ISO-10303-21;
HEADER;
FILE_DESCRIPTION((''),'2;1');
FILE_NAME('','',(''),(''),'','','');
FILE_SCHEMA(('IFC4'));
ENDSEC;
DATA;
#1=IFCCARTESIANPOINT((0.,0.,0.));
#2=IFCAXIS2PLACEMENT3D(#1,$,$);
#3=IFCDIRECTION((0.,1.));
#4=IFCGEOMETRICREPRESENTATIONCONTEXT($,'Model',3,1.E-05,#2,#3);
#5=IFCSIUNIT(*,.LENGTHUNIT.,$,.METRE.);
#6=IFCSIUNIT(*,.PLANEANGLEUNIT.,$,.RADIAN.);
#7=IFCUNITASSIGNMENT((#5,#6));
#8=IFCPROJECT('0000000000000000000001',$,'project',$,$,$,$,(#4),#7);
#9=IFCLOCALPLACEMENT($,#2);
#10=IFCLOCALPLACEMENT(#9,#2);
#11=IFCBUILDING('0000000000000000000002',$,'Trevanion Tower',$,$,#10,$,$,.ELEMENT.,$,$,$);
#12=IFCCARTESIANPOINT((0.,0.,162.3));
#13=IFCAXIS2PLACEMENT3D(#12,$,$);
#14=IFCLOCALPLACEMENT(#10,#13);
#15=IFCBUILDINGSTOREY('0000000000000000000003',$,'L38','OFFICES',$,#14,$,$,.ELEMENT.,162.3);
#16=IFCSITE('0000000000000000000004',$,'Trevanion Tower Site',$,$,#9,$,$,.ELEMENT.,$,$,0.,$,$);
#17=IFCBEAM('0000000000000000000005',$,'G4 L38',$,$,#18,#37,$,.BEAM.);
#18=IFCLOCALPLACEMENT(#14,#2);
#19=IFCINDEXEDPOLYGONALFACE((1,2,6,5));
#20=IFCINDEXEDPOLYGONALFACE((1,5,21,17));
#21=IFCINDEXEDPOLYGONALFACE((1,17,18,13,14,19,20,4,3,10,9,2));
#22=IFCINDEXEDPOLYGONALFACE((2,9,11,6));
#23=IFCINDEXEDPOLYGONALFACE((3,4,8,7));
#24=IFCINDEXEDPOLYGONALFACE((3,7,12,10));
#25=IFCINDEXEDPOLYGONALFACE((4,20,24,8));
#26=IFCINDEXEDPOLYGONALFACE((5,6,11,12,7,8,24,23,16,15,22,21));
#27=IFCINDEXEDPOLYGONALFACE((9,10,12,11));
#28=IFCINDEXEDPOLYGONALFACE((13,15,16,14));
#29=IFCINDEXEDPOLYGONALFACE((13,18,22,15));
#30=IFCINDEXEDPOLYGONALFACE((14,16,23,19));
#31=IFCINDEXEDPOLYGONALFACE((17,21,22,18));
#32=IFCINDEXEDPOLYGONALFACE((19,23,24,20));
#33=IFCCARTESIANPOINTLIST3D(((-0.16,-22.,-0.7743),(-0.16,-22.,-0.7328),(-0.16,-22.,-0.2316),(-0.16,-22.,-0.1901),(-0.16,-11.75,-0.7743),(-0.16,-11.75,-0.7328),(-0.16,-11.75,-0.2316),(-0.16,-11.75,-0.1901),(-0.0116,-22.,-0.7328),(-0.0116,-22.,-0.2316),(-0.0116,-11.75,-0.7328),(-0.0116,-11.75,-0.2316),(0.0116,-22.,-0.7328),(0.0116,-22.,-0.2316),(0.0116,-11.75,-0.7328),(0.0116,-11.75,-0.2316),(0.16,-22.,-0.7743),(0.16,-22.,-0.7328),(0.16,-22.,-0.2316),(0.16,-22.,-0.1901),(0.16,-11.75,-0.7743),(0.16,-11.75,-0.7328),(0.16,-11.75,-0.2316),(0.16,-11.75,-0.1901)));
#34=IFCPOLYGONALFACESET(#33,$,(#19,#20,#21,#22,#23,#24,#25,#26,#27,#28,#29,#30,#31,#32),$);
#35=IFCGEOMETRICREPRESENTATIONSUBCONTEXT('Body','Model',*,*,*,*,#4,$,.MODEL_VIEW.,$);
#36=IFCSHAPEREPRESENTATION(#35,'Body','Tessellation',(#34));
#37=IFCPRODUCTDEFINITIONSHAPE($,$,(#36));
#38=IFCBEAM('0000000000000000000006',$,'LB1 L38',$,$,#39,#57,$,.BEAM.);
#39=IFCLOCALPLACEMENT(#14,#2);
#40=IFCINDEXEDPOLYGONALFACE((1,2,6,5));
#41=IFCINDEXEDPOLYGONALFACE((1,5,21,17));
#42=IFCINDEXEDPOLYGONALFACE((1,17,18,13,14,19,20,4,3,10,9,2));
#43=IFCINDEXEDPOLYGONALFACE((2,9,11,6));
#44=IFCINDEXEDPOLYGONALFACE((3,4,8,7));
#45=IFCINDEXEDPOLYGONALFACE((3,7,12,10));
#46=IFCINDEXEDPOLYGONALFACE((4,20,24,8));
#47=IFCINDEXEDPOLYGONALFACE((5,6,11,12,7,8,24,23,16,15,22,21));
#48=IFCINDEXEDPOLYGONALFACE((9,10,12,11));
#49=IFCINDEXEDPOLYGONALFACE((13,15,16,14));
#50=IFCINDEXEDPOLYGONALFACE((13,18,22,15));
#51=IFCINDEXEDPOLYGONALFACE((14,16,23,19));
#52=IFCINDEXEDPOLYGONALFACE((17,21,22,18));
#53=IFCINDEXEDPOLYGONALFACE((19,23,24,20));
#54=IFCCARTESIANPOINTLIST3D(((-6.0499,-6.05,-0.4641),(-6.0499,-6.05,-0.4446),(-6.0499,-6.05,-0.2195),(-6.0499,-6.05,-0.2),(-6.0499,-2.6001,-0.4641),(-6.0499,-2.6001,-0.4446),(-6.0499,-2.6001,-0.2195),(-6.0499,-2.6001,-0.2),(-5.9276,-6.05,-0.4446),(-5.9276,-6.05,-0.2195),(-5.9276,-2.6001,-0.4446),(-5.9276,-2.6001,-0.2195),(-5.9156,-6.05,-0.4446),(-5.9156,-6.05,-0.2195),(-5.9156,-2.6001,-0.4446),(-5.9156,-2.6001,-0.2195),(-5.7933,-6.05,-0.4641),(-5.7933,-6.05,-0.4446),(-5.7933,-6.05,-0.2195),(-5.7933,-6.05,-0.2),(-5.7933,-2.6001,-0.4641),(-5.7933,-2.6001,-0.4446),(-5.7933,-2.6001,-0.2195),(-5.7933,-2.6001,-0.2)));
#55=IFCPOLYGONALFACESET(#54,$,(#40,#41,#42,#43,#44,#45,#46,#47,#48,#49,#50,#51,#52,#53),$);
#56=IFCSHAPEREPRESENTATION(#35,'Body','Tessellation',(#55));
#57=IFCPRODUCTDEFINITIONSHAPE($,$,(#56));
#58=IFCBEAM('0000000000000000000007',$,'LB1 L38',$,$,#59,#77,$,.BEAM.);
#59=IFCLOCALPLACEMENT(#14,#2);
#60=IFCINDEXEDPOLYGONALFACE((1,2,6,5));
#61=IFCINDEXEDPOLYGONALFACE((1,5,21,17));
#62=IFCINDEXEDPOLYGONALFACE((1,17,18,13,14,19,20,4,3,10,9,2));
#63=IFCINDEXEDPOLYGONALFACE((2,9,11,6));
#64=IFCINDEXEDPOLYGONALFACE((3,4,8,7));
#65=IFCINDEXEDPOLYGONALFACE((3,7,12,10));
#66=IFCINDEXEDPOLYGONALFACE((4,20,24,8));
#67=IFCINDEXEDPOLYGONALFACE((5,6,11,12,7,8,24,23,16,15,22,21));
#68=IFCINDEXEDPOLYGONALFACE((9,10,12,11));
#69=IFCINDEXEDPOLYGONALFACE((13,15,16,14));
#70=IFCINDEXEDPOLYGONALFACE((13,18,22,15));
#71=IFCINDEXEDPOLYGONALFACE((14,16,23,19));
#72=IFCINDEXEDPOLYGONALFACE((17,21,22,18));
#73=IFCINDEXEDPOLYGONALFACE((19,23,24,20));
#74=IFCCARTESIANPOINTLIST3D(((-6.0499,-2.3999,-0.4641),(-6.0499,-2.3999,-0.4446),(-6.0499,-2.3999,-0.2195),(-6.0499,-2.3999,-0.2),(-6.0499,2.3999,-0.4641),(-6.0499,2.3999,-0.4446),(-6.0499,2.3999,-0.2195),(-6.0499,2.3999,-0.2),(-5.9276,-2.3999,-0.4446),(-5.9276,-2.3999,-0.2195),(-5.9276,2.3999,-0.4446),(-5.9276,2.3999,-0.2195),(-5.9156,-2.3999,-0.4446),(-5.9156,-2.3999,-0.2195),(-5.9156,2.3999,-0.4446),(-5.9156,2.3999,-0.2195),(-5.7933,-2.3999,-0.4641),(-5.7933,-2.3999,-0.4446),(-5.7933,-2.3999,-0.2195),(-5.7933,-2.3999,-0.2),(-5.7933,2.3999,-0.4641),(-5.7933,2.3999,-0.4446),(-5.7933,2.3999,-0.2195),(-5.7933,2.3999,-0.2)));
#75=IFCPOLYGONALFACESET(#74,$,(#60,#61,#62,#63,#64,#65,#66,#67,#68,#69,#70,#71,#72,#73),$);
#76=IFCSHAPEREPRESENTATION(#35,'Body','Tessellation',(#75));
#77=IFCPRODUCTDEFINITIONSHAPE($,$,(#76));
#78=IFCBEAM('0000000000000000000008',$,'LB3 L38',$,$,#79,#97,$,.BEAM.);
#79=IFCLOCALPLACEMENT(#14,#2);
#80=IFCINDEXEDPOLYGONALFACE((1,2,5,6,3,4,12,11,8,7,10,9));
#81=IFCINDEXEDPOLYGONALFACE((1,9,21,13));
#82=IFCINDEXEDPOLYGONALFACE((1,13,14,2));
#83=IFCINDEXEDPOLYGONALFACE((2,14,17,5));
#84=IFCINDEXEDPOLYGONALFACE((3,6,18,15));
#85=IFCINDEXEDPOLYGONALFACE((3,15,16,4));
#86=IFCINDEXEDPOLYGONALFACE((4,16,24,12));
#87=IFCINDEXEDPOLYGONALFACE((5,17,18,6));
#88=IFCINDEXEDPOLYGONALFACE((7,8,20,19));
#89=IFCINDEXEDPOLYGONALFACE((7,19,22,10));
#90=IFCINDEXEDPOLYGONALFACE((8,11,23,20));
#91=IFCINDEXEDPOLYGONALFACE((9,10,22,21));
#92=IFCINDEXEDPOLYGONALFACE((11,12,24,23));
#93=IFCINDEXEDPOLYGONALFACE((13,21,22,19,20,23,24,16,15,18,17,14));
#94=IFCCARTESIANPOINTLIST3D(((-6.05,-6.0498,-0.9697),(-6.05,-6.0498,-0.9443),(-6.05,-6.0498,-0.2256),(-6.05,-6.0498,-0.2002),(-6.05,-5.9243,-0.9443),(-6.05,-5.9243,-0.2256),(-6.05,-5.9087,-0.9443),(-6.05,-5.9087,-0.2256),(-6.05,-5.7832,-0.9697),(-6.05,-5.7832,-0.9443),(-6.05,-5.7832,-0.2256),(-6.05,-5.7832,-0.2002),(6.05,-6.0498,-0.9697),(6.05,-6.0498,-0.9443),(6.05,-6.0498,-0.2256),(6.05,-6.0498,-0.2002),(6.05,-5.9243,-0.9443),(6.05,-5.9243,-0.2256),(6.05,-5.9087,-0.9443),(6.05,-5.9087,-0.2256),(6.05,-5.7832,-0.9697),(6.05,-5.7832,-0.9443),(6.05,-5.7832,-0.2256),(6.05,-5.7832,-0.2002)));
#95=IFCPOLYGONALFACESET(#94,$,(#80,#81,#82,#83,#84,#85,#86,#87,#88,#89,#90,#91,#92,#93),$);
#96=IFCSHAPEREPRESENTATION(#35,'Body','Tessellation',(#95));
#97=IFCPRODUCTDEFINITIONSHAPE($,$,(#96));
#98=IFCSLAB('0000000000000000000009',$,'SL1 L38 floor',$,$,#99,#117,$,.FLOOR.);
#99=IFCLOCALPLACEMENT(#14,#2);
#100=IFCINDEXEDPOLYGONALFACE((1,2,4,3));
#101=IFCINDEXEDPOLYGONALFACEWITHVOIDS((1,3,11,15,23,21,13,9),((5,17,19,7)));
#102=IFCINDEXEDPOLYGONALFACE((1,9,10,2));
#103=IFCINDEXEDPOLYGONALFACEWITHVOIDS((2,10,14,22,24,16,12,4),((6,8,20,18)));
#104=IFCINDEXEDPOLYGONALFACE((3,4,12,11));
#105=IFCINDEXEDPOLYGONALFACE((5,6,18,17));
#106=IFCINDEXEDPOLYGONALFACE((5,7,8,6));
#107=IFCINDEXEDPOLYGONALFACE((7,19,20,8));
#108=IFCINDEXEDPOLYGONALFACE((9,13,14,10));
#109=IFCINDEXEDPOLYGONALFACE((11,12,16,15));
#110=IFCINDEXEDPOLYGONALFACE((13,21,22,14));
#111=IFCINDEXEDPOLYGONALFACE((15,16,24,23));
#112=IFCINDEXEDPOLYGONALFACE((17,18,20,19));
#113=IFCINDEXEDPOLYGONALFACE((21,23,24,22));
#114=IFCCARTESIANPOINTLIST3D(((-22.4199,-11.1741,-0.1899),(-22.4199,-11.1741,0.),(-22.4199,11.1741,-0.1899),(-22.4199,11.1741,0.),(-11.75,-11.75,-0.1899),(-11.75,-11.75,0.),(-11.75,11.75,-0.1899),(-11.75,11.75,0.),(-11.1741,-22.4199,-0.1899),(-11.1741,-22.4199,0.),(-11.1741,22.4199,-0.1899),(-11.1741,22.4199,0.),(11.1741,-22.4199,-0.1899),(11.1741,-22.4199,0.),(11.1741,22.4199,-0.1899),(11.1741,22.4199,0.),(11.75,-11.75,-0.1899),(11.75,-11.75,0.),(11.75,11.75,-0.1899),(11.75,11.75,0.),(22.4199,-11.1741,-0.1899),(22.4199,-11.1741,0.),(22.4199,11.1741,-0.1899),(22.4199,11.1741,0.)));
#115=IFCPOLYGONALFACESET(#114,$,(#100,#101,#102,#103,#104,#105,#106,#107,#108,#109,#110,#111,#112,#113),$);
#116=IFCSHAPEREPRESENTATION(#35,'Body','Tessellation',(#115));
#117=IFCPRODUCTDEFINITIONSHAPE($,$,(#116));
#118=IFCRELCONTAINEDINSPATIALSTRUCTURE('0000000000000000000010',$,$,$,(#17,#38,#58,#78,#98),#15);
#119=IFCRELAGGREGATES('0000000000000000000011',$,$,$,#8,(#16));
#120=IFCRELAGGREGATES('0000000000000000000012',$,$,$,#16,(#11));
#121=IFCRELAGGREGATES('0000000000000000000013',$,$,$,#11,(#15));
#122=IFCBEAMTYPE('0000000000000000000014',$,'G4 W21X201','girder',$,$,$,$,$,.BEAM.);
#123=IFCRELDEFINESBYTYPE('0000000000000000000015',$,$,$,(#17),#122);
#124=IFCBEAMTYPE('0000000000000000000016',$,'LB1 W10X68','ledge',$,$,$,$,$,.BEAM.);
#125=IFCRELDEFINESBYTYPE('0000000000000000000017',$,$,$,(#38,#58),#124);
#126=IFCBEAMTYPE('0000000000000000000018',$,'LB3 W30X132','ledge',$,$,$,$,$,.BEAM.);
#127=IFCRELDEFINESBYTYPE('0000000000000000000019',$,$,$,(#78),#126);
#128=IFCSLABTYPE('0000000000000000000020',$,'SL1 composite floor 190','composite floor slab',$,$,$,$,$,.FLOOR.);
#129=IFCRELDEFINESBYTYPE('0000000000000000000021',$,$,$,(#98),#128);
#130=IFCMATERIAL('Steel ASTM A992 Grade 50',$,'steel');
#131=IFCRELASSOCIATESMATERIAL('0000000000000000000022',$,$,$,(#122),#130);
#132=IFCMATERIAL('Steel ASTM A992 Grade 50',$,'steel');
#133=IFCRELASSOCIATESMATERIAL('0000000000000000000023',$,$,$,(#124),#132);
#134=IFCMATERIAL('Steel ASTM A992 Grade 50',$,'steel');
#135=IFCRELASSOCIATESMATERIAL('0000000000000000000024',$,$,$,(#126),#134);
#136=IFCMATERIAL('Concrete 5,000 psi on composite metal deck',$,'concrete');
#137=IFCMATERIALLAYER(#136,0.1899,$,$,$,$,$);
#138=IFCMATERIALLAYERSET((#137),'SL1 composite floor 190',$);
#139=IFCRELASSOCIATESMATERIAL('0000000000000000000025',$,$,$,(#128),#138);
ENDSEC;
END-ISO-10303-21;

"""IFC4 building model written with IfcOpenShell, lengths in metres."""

from ifc_helpers import new_model, si_unit, direction, frame, origin, origin_2d, place, context, subcontext, project, spatial, polyline, i_section, outline, extrude, material, layer, layer_set, material_profile, profile_set, type_object, element, save


model = new_model("IFC4")

# Units and contexts
model_context = context("Model", 3, precision=1e-05, world=origin(), true_north=direction((0.0, 1.0)))
body_context = subcontext(model_context, "Body", "Model", "MODEL_VIEW")
ifc_project = project(units=[si_unit("LENGTHUNIT", "METRE"), si_unit("PLANEANGLEUNIT", "RADIAN")], contexts=[model_context])

# Site, building, storey
site_placement = place(None, origin())
site = spatial("IfcSite", under=ifc_project, at=site_placement, Name="Trevanion Tower Site", CompositionType="ELEMENT", RefElevation=0.0)
building_placement = place(site_placement, origin())
building = spatial("IfcBuilding", under=site, at=building_placement, Name="Trevanion Tower", CompositionType="ELEMENT")
storey_placement = place(building_placement, frame((0.0, 0.0, 162.3)))
storey = spatial("IfcBuildingStorey", under=building, at=storey_placement, Name="L38", Description="OFFICES", CompositionType="ELEMENT", Elevation=162.3)

# Beams
ifc_material_1 = material(Name="Steel ASTM A992 Grade 50", Category="steel")
ifc_material_profile_1 = material_profile(ifc_material_1, i_section(OverallWidth=0.3201, OverallDepth=0.5842, WebThickness=0.0232, FlangeThickness=0.0415, at=origin_2d()), Name="W21X201")
ifc_profile_set_1 = profile_set([ifc_material_profile_1], Name="Steel ASTM A992 Grade 50")
beam_type_1 = type_object("IfcBeamType", Name="G4 W21X201", Description="girder", PredefinedType="BEAM", material=ifc_profile_set_1)
beam_1_placement = place(storey_placement, frame((0.0, -11.75, -0.4822), z_axis=(0.0, -1.0, 0.0), x_axis=(1.0, 0.0, 0.0)))
element("IfcBeam", 1, at=beam_1_placement, inside=storey, type_object=beam_type_1, Name="G4 L38", PredefinedType="BEAM", context=body_context, shape_type="SweptSolid", body=[
    extrude(i_section(OverallWidth=0.3201, OverallDepth=0.5842, WebThickness=0.0232, FlangeThickness=0.0415, at=origin_2d()), origin(), (0.0, 0.0, 1.0), 10.25),
])
ifc_material_2 = material(Name="Steel ASTM A992 Grade 50", Category="steel")
ifc_material_profile_2 = material_profile(ifc_material_2, i_section(OverallWidth=0.2566, OverallDepth=0.2642, WebThickness=0.012, FlangeThickness=0.0195, at=origin_2d()), Name="W10X68")
ifc_profile_set_2 = profile_set([ifc_material_profile_2], Name="Steel ASTM A992 Grade 50")
beam_type_2 = type_object("IfcBeamType", Name="LB1 W10X68", Description="ledge", PredefinedType="BEAM", material=ifc_profile_set_2)
beam_2_placement = place(storey_placement, frame((-5.9216, -6.05, -0.332), z_axis=(0.0, 1.0, 0.0), x_axis=(-1.0, 0.0, 0.0)))
element("IfcBeam", 2, at=beam_2_placement, inside=storey, type_object=beam_type_2, Name="LB1 L38", PredefinedType="BEAM", context=body_context, shape_type="SweptSolid", body=[
    extrude(i_section(OverallWidth=0.2566, OverallDepth=0.2642, WebThickness=0.012, FlangeThickness=0.0195, at=origin_2d()), origin(), (0.0, 0.0, 1.0), 3.45),
])
beam_3_placement = place(storey_placement, frame((-5.9216, -2.3999, -0.332), z_axis=(0.0, 1.0, 0.0), x_axis=(-1.0, 0.0, 0.0)))
element("IfcBeam", 3, at=beam_3_placement, inside=storey, type_object=beam_type_2, Name="LB1 L38", PredefinedType="BEAM", context=body_context, shape_type="SweptSolid", body=[
    extrude(i_section(OverallWidth=0.2566, OverallDepth=0.2642, WebThickness=0.012, FlangeThickness=0.0195, at=origin_2d()), origin(), (0.0, 0.0, 1.0), 4.7998),
])
ifc_material_3 = material(Name="Steel ASTM A992 Grade 50", Category="steel")
ifc_material_profile_3 = material_profile(ifc_material_3, i_section(OverallWidth=0.2666, OverallDepth=0.7695, WebThickness=0.0156, FlangeThickness=0.0254, at=origin_2d()), Name="W30X132")
ifc_profile_set_3 = profile_set([ifc_material_profile_3], Name="Steel ASTM A992 Grade 50")
beam_type_3 = type_object("IfcBeamType", Name="LB3 W30X132", Description="ledge", PredefinedType="BEAM", material=ifc_profile_set_3)
beam_4_placement = place(storey_placement, frame((-6.05, -5.9165, -0.585), z_axis=(1.0, 0.0, 0.0), x_axis=(0.0, 1.0, 0.0)))
element("IfcBeam", 4, at=beam_4_placement, inside=storey, type_object=beam_type_3, Name="LB3 L38", PredefinedType="BEAM", context=body_context, shape_type="SweptSolid", body=[
    extrude(i_section(OverallWidth=0.2666, OverallDepth=0.7695, WebThickness=0.0156, FlangeThickness=0.0254, at=origin_2d()), origin(), (0.0, 0.0, 1.0), 12.1001),
])

# Slab
ifc_material_4 = material(Name="Concrete 5,000 psi on composite metal deck", Category="concrete")
ifc_layer_1 = layer(ifc_material_4, 0.1899)
ifc_layer_set_1 = layer_set([ifc_layer_1], Name="SL1 composite floor 190")
slab_type = type_object("IfcSlabType", Name="SL1 composite floor 190", Description="composite floor slab", PredefinedType="FLOOR", material=ifc_layer_set_1)
slab_placement = place(storey_placement, frame((0.0, 0.0, -0.1899)))
element("IfcSlab", 5, at=slab_placement, inside=storey, type_object=slab_type, Name="SL1 L38 floor", PredefinedType="FLOOR", context=body_context, shape_type="SweptSolid", body=[
    extrude(outline(polyline([(22.4199, -11.1741), (22.4199, 11.1741), (11.1741, 22.4199), (-11.1741, 22.4199), (-22.4199, 11.1741), (-22.4199, -11.1741), (-11.1741, -22.4199), (11.1741, -22.4199), (22.4199, -11.1741)]), holes=[polyline([(11.75, -11.75), (11.75, 11.75), (-11.75, 11.75), (-11.75, -11.75), (11.75, -11.75)])]), origin(), (0.0, 0.0, 1.0), 0.1899),
])

save(model, "model.ifc")
